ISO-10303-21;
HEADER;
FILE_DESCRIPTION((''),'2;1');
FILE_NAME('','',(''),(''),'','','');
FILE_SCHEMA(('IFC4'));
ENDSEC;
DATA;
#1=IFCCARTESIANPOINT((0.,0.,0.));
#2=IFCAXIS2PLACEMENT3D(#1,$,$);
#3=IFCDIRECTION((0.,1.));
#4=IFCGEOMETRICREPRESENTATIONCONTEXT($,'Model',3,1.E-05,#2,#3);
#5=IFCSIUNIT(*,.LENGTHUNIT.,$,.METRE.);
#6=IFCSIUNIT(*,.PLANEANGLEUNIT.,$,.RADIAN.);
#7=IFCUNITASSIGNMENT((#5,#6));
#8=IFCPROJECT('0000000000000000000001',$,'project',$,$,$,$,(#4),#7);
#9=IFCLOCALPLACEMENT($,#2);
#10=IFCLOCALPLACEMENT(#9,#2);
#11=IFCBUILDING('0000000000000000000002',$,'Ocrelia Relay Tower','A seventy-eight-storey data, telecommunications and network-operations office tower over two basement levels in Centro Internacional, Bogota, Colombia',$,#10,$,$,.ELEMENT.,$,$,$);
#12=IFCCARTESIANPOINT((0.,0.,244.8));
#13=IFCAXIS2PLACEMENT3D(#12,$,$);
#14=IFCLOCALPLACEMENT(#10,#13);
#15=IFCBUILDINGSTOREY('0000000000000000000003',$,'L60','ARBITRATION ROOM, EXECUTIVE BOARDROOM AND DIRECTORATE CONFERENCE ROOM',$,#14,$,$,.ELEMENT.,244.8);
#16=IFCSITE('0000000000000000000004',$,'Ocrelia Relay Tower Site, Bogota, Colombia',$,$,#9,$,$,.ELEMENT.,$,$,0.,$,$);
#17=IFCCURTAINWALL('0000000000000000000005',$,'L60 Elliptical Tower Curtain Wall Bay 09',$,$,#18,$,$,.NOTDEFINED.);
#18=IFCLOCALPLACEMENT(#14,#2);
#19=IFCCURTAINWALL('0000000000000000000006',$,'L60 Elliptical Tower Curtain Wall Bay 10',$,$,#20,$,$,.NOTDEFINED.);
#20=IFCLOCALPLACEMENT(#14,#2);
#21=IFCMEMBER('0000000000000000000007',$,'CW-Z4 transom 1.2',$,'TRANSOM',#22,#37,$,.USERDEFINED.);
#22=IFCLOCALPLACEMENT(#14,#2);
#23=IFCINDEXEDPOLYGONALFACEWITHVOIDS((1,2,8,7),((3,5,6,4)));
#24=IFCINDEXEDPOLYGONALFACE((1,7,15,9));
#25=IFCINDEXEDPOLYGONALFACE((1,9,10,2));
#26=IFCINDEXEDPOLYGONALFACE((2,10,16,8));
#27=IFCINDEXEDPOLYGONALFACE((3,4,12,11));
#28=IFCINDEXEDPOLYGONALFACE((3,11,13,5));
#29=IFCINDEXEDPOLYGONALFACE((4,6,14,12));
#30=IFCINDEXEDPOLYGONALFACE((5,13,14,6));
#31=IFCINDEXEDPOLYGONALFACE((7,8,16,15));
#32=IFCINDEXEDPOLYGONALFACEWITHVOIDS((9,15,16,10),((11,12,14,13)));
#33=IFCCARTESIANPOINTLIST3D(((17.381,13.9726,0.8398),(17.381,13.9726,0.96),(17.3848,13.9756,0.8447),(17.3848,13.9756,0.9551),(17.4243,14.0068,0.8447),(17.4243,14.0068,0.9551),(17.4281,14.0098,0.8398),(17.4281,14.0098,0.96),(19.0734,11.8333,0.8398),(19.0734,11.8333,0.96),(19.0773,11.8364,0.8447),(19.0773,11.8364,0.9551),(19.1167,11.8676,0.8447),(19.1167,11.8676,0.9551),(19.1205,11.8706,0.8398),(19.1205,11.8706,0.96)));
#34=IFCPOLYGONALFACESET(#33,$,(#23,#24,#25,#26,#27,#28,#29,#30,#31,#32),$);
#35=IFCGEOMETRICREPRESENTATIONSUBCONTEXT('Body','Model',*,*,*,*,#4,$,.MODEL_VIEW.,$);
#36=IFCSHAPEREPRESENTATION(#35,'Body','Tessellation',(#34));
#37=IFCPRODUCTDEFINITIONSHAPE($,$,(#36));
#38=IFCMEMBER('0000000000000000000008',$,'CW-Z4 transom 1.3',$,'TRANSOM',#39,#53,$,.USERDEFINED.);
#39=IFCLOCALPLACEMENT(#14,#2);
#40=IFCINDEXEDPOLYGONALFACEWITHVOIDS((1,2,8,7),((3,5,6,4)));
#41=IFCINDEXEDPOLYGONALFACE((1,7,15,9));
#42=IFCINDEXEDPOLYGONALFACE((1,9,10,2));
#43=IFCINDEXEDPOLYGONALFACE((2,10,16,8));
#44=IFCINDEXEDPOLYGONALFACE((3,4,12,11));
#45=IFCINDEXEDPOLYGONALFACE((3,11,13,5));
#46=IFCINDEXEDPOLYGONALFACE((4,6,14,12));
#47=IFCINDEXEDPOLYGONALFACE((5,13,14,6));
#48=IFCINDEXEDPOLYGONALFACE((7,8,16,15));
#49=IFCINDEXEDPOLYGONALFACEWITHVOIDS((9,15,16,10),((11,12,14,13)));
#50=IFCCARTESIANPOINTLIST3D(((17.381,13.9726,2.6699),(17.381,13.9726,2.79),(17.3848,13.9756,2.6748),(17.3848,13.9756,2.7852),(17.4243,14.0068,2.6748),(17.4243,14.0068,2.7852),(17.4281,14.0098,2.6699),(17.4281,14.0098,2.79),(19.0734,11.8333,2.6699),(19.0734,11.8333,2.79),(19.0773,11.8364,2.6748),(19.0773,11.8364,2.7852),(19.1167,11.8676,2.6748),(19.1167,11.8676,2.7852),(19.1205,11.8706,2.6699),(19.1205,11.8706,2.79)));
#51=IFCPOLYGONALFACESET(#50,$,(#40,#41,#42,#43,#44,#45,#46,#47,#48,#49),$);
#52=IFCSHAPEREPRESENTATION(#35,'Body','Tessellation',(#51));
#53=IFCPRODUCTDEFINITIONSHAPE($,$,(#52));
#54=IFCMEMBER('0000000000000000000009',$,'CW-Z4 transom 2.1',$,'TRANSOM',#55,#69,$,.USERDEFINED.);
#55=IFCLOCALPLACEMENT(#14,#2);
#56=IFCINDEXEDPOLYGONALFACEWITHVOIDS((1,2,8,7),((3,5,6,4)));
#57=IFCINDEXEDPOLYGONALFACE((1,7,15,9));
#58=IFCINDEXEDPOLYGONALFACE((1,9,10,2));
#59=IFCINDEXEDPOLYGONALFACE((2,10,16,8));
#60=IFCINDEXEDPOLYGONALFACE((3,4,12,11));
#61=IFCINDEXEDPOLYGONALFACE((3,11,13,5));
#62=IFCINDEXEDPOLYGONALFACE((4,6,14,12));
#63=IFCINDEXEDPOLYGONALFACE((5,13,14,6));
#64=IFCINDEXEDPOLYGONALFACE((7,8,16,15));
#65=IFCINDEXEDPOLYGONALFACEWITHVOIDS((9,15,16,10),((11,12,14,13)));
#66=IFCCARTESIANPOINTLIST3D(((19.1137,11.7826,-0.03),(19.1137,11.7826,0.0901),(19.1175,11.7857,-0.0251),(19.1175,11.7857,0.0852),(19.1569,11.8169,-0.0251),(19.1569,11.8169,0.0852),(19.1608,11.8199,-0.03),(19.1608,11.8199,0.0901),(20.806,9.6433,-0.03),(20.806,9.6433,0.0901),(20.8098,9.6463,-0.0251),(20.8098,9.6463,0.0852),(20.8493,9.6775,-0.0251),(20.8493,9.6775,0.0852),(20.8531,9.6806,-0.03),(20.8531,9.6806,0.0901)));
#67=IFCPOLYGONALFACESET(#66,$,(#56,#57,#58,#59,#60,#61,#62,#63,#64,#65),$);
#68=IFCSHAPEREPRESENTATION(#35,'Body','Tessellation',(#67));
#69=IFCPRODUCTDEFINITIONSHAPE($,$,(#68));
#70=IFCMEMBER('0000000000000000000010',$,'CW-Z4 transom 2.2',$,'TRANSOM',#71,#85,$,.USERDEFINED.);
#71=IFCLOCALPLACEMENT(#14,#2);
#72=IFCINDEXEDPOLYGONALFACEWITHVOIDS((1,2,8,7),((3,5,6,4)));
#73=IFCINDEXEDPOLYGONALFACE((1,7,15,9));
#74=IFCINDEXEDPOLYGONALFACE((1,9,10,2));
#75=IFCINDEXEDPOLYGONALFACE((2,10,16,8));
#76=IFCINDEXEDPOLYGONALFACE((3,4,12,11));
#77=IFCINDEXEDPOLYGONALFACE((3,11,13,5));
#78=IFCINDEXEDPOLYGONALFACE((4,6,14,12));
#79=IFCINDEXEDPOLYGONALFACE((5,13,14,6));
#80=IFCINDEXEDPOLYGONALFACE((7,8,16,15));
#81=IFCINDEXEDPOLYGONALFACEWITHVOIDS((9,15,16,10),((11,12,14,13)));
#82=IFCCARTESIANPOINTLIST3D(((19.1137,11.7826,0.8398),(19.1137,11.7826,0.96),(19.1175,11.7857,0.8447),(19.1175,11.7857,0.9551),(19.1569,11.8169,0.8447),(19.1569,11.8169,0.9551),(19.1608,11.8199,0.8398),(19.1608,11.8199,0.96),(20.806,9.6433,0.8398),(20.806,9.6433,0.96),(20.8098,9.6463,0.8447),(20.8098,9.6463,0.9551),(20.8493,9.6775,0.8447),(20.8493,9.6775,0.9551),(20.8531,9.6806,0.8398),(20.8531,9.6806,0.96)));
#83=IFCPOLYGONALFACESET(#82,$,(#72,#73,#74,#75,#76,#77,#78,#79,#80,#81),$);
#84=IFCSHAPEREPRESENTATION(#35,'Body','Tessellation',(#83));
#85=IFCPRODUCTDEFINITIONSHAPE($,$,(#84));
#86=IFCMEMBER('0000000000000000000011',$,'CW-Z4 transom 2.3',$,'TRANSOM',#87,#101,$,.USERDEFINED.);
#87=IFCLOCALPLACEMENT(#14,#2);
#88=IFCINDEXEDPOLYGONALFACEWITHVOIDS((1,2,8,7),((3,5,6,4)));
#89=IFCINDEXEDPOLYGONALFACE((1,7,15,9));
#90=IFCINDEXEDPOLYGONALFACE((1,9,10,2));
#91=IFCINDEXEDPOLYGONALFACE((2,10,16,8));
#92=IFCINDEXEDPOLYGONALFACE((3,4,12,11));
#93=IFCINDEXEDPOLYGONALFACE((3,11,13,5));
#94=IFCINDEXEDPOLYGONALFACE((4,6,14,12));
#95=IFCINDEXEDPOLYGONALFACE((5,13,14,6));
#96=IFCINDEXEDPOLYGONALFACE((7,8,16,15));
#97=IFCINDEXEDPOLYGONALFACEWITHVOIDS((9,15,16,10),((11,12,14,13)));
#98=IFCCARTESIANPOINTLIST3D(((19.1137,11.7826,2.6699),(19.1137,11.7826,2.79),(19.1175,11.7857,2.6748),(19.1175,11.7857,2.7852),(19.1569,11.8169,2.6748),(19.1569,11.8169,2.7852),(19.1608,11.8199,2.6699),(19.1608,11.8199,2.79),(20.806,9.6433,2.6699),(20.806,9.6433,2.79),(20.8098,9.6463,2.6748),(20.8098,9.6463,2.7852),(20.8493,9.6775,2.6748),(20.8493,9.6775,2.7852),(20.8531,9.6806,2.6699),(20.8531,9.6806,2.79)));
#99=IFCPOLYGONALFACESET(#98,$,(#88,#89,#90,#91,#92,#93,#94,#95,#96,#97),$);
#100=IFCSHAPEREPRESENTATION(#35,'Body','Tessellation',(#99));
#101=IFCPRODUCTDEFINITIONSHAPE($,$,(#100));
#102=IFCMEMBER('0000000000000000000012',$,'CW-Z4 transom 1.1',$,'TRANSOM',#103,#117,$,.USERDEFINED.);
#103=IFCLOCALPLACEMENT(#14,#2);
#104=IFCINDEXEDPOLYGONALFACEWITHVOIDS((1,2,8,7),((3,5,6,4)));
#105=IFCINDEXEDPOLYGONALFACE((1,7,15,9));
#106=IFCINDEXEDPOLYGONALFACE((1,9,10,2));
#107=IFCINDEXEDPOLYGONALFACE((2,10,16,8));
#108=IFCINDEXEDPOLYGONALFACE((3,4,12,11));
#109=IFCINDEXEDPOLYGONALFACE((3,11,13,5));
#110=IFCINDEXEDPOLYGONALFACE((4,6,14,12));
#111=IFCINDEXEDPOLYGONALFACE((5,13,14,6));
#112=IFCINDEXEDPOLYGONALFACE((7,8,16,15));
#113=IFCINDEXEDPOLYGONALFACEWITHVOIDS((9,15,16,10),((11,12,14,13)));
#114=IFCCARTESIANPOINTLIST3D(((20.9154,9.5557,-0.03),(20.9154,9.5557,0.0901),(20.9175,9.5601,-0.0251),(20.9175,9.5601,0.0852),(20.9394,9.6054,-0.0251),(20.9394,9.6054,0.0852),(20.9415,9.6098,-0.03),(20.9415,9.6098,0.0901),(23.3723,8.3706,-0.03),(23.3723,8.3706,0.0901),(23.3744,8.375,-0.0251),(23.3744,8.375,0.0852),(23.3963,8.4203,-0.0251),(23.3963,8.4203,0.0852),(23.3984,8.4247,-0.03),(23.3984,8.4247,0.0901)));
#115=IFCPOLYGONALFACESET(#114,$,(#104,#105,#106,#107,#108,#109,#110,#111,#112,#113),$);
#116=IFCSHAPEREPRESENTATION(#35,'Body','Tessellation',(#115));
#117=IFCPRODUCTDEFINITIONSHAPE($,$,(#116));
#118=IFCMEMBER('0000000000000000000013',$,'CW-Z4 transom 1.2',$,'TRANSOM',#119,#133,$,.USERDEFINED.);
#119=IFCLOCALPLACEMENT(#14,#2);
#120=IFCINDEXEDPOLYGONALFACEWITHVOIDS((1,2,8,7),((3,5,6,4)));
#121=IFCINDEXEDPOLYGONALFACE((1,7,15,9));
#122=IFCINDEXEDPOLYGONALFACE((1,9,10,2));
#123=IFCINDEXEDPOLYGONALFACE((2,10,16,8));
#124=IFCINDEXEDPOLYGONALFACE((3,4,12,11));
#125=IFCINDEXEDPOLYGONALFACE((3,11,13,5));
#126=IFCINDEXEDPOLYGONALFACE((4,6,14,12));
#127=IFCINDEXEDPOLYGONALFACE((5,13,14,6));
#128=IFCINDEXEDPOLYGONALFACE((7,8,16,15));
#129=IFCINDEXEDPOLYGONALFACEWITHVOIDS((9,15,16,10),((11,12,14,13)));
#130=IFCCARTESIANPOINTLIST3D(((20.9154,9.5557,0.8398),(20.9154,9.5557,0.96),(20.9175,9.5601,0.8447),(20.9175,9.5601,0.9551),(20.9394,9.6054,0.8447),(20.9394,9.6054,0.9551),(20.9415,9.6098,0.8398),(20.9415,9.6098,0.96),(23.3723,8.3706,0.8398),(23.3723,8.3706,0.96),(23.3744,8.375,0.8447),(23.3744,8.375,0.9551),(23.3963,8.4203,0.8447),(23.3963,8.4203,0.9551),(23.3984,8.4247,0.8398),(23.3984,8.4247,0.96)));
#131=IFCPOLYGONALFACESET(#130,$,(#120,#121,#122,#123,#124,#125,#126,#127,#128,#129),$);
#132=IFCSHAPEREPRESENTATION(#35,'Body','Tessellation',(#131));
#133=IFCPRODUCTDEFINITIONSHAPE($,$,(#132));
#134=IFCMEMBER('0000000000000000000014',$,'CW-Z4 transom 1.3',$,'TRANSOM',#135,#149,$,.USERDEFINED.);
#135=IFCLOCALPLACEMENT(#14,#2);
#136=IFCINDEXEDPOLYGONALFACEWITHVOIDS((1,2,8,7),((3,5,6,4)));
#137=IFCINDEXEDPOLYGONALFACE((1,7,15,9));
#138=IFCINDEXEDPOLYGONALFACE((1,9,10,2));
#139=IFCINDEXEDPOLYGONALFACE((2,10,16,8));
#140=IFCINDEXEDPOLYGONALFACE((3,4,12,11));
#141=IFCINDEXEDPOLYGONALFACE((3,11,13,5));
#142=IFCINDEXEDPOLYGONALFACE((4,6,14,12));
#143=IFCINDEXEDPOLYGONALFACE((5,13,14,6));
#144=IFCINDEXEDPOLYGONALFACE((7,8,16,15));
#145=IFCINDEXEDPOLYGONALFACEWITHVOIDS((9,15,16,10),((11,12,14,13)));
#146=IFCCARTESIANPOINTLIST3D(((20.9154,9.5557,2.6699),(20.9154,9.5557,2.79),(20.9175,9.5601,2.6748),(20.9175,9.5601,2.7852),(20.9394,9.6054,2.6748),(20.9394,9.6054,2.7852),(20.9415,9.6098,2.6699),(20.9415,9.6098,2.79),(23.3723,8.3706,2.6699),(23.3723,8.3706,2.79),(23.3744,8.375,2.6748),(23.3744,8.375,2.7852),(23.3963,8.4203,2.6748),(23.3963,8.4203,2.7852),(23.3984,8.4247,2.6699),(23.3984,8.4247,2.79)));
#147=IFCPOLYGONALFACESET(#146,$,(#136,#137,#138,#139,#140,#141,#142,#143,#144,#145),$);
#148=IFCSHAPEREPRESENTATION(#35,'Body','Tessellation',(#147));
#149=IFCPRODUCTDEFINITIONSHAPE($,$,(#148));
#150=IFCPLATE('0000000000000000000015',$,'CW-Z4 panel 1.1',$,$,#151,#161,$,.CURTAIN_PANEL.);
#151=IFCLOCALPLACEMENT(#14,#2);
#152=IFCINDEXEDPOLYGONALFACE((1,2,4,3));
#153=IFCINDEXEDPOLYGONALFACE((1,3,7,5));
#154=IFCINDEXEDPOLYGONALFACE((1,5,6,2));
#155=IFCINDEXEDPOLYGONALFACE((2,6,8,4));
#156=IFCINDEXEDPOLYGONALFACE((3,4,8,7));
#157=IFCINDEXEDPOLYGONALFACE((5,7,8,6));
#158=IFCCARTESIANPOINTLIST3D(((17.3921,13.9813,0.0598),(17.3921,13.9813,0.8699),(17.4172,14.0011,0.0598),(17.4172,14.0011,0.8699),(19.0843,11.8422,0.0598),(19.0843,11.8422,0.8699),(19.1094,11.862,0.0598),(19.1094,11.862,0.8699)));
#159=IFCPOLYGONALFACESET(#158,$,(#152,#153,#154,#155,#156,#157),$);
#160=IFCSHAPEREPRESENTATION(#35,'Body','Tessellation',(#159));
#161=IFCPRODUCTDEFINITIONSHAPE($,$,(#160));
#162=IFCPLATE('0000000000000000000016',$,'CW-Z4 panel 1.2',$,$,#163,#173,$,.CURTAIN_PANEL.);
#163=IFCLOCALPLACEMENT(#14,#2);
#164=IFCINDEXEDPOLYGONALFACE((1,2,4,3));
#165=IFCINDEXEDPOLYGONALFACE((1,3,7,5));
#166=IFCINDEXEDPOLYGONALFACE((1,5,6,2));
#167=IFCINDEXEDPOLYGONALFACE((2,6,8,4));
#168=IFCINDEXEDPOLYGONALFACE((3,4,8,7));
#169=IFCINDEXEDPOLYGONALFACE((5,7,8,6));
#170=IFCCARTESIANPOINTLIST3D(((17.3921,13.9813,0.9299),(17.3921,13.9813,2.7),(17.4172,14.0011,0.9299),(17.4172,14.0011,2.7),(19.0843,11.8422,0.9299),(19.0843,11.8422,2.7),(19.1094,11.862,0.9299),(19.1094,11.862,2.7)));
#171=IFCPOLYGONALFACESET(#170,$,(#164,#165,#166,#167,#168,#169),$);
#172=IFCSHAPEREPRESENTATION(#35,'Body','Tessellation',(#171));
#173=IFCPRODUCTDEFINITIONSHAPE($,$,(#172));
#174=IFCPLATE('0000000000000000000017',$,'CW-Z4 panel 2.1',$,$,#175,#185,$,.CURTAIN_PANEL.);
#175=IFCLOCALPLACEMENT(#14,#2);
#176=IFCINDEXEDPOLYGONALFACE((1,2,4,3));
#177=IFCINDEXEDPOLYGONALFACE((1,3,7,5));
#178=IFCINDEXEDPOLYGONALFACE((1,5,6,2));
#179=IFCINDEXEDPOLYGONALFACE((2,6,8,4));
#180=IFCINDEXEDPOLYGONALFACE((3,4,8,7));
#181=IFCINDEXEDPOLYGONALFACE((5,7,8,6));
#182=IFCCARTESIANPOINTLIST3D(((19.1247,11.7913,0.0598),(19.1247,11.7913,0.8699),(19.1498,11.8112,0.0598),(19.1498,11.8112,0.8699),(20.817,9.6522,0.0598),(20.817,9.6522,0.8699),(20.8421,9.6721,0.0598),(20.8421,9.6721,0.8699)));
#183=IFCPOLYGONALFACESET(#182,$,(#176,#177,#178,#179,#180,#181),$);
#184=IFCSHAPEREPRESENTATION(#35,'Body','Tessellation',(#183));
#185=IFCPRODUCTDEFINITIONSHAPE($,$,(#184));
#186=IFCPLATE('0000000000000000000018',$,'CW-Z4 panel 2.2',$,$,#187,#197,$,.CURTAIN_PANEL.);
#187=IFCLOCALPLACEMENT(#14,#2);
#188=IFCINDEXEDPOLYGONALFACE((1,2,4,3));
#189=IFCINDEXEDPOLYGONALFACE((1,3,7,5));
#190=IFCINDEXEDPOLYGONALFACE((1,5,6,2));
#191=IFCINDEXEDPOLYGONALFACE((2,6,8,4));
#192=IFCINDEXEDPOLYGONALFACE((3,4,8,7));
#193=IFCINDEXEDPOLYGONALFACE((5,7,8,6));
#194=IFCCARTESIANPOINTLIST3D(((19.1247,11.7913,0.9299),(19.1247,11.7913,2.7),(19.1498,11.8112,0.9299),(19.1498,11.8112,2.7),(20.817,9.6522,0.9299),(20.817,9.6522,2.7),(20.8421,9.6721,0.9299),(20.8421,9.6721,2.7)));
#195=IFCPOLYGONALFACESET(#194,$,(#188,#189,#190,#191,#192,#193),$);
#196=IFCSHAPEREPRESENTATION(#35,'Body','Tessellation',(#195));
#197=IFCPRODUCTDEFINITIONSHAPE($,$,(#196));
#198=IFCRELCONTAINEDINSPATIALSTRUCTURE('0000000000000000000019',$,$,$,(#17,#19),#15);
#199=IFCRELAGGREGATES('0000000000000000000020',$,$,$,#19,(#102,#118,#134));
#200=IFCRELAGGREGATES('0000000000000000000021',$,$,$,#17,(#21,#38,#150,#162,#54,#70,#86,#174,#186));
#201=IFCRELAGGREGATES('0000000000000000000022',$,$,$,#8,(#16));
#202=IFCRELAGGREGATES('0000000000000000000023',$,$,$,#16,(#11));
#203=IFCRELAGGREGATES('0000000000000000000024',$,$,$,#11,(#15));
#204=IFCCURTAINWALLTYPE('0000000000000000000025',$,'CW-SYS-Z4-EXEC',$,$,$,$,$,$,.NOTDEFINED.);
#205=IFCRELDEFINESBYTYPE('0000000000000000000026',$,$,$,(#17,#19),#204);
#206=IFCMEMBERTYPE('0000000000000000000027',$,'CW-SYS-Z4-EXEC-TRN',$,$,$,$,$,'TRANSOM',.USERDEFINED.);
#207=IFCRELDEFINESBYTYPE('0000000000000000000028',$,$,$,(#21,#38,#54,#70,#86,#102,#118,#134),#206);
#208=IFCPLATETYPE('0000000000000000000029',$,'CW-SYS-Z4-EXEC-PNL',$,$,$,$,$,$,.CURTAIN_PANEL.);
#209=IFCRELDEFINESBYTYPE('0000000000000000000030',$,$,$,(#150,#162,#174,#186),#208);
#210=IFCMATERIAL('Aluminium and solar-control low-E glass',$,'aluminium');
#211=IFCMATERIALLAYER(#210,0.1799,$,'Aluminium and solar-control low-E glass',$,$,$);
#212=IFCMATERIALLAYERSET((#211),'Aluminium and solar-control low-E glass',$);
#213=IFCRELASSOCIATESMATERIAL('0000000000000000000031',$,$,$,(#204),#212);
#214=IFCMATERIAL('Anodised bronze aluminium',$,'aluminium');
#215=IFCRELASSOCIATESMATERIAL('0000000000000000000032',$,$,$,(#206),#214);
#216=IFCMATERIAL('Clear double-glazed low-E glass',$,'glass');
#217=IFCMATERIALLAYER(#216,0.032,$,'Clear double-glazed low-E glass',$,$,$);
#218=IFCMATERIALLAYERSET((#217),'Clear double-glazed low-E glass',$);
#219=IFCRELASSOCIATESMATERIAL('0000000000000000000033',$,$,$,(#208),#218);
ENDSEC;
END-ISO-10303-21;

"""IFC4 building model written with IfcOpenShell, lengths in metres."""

from ifc_helpers import new_model, si_unit, direction, frame, origin, origin_2d, place, context, subcontext, project, spatial, rectangle, hollow_rectangle, extrude, material, layer, layer_set, material_profile, profile_set, type_object, element, aggregate, save


model = new_model("IFC4")

# Units and contexts
model_context = context("Model", 3, precision=1e-05, world=origin(), true_north=direction((0.0, 1.0)))
body_context = subcontext(model_context, "Body", "Model", "MODEL_VIEW")
ifc_project = project(units=[si_unit("LENGTHUNIT", "METRE"), si_unit("PLANEANGLEUNIT", "RADIAN")], contexts=[model_context])

# Site, building, storey
site_placement = place(None, origin())
site = spatial("IfcSite", under=ifc_project, at=site_placement, Name="Ocrelia Relay Tower Site, Bogota, Colombia", CompositionType="ELEMENT", RefElevation=0.0)
building_placement = place(site_placement, origin())
building = spatial("IfcBuilding", under=site, at=building_placement, Name="Ocrelia Relay Tower", Description="A seventy-eight-storey data, telecommunications and network-operations office tower over two basement levels in Centro Internacional, Bogota, Colombia", CompositionType="ELEMENT")
storey_placement = place(building_placement, frame((0.0, 0.0, 244.8)))
storey = spatial("IfcBuildingStorey", under=building, at=storey_placement, Name="L60", Description="ARBITRATION ROOM, EXECUTIVE BOARDROOM AND DIRECTORATE CONFERENCE ROOM", CompositionType="ELEMENT", Elevation=244.8)

# Curtain wall
ifc_material_1 = material(Name="Aluminium and solar-control low-E glass", Category="aluminium")
ifc_layer_1 = layer(ifc_material_1, 0.1799, Name="Aluminium and solar-control low-E glass")
ifc_layer_set_1 = layer_set([ifc_layer_1], Name="Aluminium and solar-control low-E glass")
curtain_wall_type = type_object("IfcCurtainWallType", Name="CW-SYS-Z4-EXEC", PredefinedType="NOTDEFINED", material=ifc_layer_set_1)
curtain_wall_1_placement = place(storey_placement, origin())
curtain_wall_1 = element("IfcCurtainWall", 1, at=curtain_wall_1_placement, inside=storey, type_object=curtain_wall_type, Name="L60 Elliptical Tower Curtain Wall Bay 09", PredefinedType="NOTDEFINED")
ifc_material_2 = material(Name="Anodised bronze aluminium", Category="aluminium")

# Curtain wall
curtain_wall_2_placement = place(storey_placement, origin())
curtain_wall_2 = element("IfcCurtainWall", 2, at=curtain_wall_2_placement, inside=storey, type_object=curtain_wall_type, Name="L60 Elliptical Tower Curtain Wall Bay 10", PredefinedType="NOTDEFINED")

# Members
ifc_material_profile_1 = material_profile(ifc_material_2, hollow_rectangle(XDim=0.0601, YDim=0.1201, WallThickness=0.0049, at=origin_2d()), Name="CW-TRN-120x60")
ifc_profile_set_1 = profile_set([ifc_material_profile_1], Name="Anodised bronze aluminium")
member_type_1 = type_object("IfcMemberType", Name="CW-SYS-Z4-EXEC-TRN", ElementType="TRANSOM", PredefinedType="USERDEFINED", material=ifc_profile_set_1)
member_1_placement = place(storey_placement, frame((17.4045, 13.9912, 0.8999), z_axis=(0.620451, -0.784245, 0.0), x_axis=(0.784245, 0.620451, 0.0)))
member_1 = element("IfcMember", 3, at=member_1_placement, type_object=member_type_1, Name="CW-Z4 transom 1.2", ObjectType="TRANSOM", PredefinedType="USERDEFINED", context=body_context, shape_type="SweptSolid", body=[
    extrude(hollow_rectangle(XDim=0.0601, YDim=0.1201, WallThickness=0.0049, at=origin_2d()), origin(), (0.0, 0.0, 1.0), 2.7278),
])
member_2_placement = place(storey_placement, frame((17.4045, 13.9912, 2.73), z_axis=(0.620451, -0.784245, 0.0), x_axis=(0.784245, 0.620451, 0.0)))
member_2 = element("IfcMember", 4, at=member_2_placement, type_object=member_type_1, Name="CW-Z4 transom 1.3", ObjectType="TRANSOM", PredefinedType="USERDEFINED", context=body_context, shape_type="SweptSolid", body=[
    extrude(hollow_rectangle(XDim=0.0601, YDim=0.1201, WallThickness=0.0049, at=origin_2d()), origin(), (0.0, 0.0, 1.0), 2.7278),
])
member_3_placement = place(storey_placement, frame((19.1372, 11.8013, 0.03), z_axis=(0.620407, -0.78428, 0.0), x_axis=(0.78428, 0.620407, 0.0)))
member_3 = element("IfcMember", 5, at=member_3_placement, type_object=member_type_1, Name="CW-Z4 transom 2.1", ObjectType="TRANSOM", PredefinedType="USERDEFINED", context=body_context, shape_type="SweptSolid", body=[
    extrude(hollow_rectangle(XDim=0.0601, YDim=0.1201, WallThickness=0.0049, at=origin_2d()), origin(), (0.0, 0.0, 1.0), 2.7278),
])
member_4_placement = place(storey_placement, frame((19.1372, 11.8013, 0.8999), z_axis=(0.620407, -0.78428, 0.0), x_axis=(0.78428, 0.620407, 0.0)))
member_4 = element("IfcMember", 6, at=member_4_placement, type_object=member_type_1, Name="CW-Z4 transom 2.2", ObjectType="TRANSOM", PredefinedType="USERDEFINED", context=body_context, shape_type="SweptSolid", body=[
    extrude(hollow_rectangle(XDim=0.0601, YDim=0.1201, WallThickness=0.0049, at=origin_2d()), origin(), (0.0, 0.0, 1.0), 2.7278),
])
member_5_placement = place(storey_placement, frame((19.1372, 11.8013, 2.73), z_axis=(0.620407, -0.78428, 0.0), x_axis=(0.78428, 0.620407, 0.0)))
member_5 = element("IfcMember", 7, at=member_5_placement, type_object=member_type_1, Name="CW-Z4 transom 2.3", ObjectType="TRANSOM", PredefinedType="USERDEFINED", context=body_context, shape_type="SweptSolid", body=[
    extrude(hollow_rectangle(XDim=0.0601, YDim=0.1201, WallThickness=0.0049, at=origin_2d()), origin(), (0.0, 0.0, 1.0), 2.7278),
])
member_6_placement = place(storey_placement, frame((20.9285, 9.5828, 0.03), z_axis=(0.900692, -0.434459, 0.0), x_axis=(0.434459, 0.900692, 0.0)))
member_6 = element("IfcMember", 8, at=member_6_placement, type_object=member_type_1, Name="CW-Z4 transom 1.1", ObjectType="TRANSOM", PredefinedType="USERDEFINED", context=body_context, shape_type="SweptSolid", body=[
    extrude(hollow_rectangle(XDim=0.0601, YDim=0.1201, WallThickness=0.0049, at=origin_2d()), origin(), (0.0, 0.0, 1.0), 2.7278),
])
member_7_placement = place(storey_placement, frame((20.9285, 9.5828, 0.8999), z_axis=(0.900692, -0.434459, 0.0), x_axis=(0.434459, 0.900692, 0.0)))
member_7 = element("IfcMember", 9, at=member_7_placement, type_object=member_type_1, Name="CW-Z4 transom 1.2", ObjectType="TRANSOM", PredefinedType="USERDEFINED", context=body_context, shape_type="SweptSolid", body=[
    extrude(hollow_rectangle(XDim=0.0601, YDim=0.1201, WallThickness=0.0049, at=origin_2d()), origin(), (0.0, 0.0, 1.0), 2.7278),
])
member_8_placement = place(storey_placement, frame((20.9285, 9.5828, 2.73), z_axis=(0.900692, -0.434459, 0.0), x_axis=(0.434459, 0.900692, 0.0)))
member_8 = element("IfcMember", 10, at=member_8_placement, type_object=member_type_1, Name="CW-Z4 transom 1.3", ObjectType="TRANSOM", PredefinedType="USERDEFINED", context=body_context, shape_type="SweptSolid", body=[
    extrude(hollow_rectangle(XDim=0.0601, YDim=0.1201, WallThickness=0.0049, at=origin_2d()), origin(), (0.0, 0.0, 1.0), 2.7278),
])
aggregate(curtain_wall_2, [member_6, member_7, member_8])

# Plates
ifc_material_3 = material(Name="Clear double-glazed low-E glass", Category="glass")
ifc_layer_2 = layer(ifc_material_3, 0.032, Name="Clear double-glazed low-E glass")
ifc_layer_set_2 = layer_set([ifc_layer_2], Name="Clear double-glazed low-E glass")
plate_type = type_object("IfcPlateType", Name="CW-SYS-Z4-EXEC-PNL", PredefinedType="CURTAIN_PANEL", material=ifc_layer_set_2)
plate_1_placement = place(storey_placement, frame((18.2507, 12.9216, 0.0598), z_axis=(0.0, 0.0, 1.0), x_axis=(0.62043, -0.784262, 0.0)))
plate_1 = element("IfcPlate", 11, at=plate_1_placement, type_object=plate_type, Name="CW-Z4 panel 1.1", PredefinedType="CURTAIN_PANEL", context=body_context, shape_type="SweptSolid", body=[
    extrude(rectangle(XDim=2.7275, YDim=0.032, at=origin_2d()), origin(), (0.0, 0.0, 1.0), 0.8101),
])
plate_2_placement = place(storey_placement, frame((18.2507, 12.9216, 0.9299), z_axis=(0.0, 0.0, 1.0), x_axis=(0.62043, -0.784262, 0.0)))
plate_2 = element("IfcPlate", 12, at=plate_2_placement, type_object=plate_type, Name="CW-Z4 panel 1.2", PredefinedType="CURTAIN_PANEL", context=body_context, shape_type="SweptSolid", body=[
    extrude(rectangle(XDim=2.7275, YDim=0.032, at=origin_2d()), origin(), (0.0, 0.0, 1.0), 1.77),
])
plate_3_placement = place(storey_placement, frame((19.9834, 10.7317, 0.0598), z_axis=(0.0, 0.0, 1.0), x_axis=(0.62043, -0.784262, 0.0)))
plate_3 = element("IfcPlate", 13, at=plate_3_placement, type_object=plate_type, Name="CW-Z4 panel 2.1", PredefinedType="CURTAIN_PANEL", context=body_context, shape_type="SweptSolid", body=[
    extrude(rectangle(XDim=2.7275, YDim=0.032, at=origin_2d()), origin(), (0.0, 0.0, 1.0), 0.8101),
])
plate_4_placement = place(storey_placement, frame((19.9834, 10.7317, 0.9299), z_axis=(0.0, 0.0, 1.0), x_axis=(0.62043, -0.784262, 0.0)))
plate_4 = element("IfcPlate", 14, at=plate_4_placement, type_object=plate_type, Name="CW-Z4 panel 2.2", PredefinedType="CURTAIN_PANEL", context=body_context, shape_type="SweptSolid", body=[
    extrude(rectangle(XDim=2.7275, YDim=0.032, at=origin_2d()), origin(), (0.0, 0.0, 1.0), 1.77),
])
aggregate(curtain_wall_1, [member_1, member_2, plate_1, plate_2, member_3, member_4, member_5, plate_3, plate_4])

save(model, "model.ifc")
